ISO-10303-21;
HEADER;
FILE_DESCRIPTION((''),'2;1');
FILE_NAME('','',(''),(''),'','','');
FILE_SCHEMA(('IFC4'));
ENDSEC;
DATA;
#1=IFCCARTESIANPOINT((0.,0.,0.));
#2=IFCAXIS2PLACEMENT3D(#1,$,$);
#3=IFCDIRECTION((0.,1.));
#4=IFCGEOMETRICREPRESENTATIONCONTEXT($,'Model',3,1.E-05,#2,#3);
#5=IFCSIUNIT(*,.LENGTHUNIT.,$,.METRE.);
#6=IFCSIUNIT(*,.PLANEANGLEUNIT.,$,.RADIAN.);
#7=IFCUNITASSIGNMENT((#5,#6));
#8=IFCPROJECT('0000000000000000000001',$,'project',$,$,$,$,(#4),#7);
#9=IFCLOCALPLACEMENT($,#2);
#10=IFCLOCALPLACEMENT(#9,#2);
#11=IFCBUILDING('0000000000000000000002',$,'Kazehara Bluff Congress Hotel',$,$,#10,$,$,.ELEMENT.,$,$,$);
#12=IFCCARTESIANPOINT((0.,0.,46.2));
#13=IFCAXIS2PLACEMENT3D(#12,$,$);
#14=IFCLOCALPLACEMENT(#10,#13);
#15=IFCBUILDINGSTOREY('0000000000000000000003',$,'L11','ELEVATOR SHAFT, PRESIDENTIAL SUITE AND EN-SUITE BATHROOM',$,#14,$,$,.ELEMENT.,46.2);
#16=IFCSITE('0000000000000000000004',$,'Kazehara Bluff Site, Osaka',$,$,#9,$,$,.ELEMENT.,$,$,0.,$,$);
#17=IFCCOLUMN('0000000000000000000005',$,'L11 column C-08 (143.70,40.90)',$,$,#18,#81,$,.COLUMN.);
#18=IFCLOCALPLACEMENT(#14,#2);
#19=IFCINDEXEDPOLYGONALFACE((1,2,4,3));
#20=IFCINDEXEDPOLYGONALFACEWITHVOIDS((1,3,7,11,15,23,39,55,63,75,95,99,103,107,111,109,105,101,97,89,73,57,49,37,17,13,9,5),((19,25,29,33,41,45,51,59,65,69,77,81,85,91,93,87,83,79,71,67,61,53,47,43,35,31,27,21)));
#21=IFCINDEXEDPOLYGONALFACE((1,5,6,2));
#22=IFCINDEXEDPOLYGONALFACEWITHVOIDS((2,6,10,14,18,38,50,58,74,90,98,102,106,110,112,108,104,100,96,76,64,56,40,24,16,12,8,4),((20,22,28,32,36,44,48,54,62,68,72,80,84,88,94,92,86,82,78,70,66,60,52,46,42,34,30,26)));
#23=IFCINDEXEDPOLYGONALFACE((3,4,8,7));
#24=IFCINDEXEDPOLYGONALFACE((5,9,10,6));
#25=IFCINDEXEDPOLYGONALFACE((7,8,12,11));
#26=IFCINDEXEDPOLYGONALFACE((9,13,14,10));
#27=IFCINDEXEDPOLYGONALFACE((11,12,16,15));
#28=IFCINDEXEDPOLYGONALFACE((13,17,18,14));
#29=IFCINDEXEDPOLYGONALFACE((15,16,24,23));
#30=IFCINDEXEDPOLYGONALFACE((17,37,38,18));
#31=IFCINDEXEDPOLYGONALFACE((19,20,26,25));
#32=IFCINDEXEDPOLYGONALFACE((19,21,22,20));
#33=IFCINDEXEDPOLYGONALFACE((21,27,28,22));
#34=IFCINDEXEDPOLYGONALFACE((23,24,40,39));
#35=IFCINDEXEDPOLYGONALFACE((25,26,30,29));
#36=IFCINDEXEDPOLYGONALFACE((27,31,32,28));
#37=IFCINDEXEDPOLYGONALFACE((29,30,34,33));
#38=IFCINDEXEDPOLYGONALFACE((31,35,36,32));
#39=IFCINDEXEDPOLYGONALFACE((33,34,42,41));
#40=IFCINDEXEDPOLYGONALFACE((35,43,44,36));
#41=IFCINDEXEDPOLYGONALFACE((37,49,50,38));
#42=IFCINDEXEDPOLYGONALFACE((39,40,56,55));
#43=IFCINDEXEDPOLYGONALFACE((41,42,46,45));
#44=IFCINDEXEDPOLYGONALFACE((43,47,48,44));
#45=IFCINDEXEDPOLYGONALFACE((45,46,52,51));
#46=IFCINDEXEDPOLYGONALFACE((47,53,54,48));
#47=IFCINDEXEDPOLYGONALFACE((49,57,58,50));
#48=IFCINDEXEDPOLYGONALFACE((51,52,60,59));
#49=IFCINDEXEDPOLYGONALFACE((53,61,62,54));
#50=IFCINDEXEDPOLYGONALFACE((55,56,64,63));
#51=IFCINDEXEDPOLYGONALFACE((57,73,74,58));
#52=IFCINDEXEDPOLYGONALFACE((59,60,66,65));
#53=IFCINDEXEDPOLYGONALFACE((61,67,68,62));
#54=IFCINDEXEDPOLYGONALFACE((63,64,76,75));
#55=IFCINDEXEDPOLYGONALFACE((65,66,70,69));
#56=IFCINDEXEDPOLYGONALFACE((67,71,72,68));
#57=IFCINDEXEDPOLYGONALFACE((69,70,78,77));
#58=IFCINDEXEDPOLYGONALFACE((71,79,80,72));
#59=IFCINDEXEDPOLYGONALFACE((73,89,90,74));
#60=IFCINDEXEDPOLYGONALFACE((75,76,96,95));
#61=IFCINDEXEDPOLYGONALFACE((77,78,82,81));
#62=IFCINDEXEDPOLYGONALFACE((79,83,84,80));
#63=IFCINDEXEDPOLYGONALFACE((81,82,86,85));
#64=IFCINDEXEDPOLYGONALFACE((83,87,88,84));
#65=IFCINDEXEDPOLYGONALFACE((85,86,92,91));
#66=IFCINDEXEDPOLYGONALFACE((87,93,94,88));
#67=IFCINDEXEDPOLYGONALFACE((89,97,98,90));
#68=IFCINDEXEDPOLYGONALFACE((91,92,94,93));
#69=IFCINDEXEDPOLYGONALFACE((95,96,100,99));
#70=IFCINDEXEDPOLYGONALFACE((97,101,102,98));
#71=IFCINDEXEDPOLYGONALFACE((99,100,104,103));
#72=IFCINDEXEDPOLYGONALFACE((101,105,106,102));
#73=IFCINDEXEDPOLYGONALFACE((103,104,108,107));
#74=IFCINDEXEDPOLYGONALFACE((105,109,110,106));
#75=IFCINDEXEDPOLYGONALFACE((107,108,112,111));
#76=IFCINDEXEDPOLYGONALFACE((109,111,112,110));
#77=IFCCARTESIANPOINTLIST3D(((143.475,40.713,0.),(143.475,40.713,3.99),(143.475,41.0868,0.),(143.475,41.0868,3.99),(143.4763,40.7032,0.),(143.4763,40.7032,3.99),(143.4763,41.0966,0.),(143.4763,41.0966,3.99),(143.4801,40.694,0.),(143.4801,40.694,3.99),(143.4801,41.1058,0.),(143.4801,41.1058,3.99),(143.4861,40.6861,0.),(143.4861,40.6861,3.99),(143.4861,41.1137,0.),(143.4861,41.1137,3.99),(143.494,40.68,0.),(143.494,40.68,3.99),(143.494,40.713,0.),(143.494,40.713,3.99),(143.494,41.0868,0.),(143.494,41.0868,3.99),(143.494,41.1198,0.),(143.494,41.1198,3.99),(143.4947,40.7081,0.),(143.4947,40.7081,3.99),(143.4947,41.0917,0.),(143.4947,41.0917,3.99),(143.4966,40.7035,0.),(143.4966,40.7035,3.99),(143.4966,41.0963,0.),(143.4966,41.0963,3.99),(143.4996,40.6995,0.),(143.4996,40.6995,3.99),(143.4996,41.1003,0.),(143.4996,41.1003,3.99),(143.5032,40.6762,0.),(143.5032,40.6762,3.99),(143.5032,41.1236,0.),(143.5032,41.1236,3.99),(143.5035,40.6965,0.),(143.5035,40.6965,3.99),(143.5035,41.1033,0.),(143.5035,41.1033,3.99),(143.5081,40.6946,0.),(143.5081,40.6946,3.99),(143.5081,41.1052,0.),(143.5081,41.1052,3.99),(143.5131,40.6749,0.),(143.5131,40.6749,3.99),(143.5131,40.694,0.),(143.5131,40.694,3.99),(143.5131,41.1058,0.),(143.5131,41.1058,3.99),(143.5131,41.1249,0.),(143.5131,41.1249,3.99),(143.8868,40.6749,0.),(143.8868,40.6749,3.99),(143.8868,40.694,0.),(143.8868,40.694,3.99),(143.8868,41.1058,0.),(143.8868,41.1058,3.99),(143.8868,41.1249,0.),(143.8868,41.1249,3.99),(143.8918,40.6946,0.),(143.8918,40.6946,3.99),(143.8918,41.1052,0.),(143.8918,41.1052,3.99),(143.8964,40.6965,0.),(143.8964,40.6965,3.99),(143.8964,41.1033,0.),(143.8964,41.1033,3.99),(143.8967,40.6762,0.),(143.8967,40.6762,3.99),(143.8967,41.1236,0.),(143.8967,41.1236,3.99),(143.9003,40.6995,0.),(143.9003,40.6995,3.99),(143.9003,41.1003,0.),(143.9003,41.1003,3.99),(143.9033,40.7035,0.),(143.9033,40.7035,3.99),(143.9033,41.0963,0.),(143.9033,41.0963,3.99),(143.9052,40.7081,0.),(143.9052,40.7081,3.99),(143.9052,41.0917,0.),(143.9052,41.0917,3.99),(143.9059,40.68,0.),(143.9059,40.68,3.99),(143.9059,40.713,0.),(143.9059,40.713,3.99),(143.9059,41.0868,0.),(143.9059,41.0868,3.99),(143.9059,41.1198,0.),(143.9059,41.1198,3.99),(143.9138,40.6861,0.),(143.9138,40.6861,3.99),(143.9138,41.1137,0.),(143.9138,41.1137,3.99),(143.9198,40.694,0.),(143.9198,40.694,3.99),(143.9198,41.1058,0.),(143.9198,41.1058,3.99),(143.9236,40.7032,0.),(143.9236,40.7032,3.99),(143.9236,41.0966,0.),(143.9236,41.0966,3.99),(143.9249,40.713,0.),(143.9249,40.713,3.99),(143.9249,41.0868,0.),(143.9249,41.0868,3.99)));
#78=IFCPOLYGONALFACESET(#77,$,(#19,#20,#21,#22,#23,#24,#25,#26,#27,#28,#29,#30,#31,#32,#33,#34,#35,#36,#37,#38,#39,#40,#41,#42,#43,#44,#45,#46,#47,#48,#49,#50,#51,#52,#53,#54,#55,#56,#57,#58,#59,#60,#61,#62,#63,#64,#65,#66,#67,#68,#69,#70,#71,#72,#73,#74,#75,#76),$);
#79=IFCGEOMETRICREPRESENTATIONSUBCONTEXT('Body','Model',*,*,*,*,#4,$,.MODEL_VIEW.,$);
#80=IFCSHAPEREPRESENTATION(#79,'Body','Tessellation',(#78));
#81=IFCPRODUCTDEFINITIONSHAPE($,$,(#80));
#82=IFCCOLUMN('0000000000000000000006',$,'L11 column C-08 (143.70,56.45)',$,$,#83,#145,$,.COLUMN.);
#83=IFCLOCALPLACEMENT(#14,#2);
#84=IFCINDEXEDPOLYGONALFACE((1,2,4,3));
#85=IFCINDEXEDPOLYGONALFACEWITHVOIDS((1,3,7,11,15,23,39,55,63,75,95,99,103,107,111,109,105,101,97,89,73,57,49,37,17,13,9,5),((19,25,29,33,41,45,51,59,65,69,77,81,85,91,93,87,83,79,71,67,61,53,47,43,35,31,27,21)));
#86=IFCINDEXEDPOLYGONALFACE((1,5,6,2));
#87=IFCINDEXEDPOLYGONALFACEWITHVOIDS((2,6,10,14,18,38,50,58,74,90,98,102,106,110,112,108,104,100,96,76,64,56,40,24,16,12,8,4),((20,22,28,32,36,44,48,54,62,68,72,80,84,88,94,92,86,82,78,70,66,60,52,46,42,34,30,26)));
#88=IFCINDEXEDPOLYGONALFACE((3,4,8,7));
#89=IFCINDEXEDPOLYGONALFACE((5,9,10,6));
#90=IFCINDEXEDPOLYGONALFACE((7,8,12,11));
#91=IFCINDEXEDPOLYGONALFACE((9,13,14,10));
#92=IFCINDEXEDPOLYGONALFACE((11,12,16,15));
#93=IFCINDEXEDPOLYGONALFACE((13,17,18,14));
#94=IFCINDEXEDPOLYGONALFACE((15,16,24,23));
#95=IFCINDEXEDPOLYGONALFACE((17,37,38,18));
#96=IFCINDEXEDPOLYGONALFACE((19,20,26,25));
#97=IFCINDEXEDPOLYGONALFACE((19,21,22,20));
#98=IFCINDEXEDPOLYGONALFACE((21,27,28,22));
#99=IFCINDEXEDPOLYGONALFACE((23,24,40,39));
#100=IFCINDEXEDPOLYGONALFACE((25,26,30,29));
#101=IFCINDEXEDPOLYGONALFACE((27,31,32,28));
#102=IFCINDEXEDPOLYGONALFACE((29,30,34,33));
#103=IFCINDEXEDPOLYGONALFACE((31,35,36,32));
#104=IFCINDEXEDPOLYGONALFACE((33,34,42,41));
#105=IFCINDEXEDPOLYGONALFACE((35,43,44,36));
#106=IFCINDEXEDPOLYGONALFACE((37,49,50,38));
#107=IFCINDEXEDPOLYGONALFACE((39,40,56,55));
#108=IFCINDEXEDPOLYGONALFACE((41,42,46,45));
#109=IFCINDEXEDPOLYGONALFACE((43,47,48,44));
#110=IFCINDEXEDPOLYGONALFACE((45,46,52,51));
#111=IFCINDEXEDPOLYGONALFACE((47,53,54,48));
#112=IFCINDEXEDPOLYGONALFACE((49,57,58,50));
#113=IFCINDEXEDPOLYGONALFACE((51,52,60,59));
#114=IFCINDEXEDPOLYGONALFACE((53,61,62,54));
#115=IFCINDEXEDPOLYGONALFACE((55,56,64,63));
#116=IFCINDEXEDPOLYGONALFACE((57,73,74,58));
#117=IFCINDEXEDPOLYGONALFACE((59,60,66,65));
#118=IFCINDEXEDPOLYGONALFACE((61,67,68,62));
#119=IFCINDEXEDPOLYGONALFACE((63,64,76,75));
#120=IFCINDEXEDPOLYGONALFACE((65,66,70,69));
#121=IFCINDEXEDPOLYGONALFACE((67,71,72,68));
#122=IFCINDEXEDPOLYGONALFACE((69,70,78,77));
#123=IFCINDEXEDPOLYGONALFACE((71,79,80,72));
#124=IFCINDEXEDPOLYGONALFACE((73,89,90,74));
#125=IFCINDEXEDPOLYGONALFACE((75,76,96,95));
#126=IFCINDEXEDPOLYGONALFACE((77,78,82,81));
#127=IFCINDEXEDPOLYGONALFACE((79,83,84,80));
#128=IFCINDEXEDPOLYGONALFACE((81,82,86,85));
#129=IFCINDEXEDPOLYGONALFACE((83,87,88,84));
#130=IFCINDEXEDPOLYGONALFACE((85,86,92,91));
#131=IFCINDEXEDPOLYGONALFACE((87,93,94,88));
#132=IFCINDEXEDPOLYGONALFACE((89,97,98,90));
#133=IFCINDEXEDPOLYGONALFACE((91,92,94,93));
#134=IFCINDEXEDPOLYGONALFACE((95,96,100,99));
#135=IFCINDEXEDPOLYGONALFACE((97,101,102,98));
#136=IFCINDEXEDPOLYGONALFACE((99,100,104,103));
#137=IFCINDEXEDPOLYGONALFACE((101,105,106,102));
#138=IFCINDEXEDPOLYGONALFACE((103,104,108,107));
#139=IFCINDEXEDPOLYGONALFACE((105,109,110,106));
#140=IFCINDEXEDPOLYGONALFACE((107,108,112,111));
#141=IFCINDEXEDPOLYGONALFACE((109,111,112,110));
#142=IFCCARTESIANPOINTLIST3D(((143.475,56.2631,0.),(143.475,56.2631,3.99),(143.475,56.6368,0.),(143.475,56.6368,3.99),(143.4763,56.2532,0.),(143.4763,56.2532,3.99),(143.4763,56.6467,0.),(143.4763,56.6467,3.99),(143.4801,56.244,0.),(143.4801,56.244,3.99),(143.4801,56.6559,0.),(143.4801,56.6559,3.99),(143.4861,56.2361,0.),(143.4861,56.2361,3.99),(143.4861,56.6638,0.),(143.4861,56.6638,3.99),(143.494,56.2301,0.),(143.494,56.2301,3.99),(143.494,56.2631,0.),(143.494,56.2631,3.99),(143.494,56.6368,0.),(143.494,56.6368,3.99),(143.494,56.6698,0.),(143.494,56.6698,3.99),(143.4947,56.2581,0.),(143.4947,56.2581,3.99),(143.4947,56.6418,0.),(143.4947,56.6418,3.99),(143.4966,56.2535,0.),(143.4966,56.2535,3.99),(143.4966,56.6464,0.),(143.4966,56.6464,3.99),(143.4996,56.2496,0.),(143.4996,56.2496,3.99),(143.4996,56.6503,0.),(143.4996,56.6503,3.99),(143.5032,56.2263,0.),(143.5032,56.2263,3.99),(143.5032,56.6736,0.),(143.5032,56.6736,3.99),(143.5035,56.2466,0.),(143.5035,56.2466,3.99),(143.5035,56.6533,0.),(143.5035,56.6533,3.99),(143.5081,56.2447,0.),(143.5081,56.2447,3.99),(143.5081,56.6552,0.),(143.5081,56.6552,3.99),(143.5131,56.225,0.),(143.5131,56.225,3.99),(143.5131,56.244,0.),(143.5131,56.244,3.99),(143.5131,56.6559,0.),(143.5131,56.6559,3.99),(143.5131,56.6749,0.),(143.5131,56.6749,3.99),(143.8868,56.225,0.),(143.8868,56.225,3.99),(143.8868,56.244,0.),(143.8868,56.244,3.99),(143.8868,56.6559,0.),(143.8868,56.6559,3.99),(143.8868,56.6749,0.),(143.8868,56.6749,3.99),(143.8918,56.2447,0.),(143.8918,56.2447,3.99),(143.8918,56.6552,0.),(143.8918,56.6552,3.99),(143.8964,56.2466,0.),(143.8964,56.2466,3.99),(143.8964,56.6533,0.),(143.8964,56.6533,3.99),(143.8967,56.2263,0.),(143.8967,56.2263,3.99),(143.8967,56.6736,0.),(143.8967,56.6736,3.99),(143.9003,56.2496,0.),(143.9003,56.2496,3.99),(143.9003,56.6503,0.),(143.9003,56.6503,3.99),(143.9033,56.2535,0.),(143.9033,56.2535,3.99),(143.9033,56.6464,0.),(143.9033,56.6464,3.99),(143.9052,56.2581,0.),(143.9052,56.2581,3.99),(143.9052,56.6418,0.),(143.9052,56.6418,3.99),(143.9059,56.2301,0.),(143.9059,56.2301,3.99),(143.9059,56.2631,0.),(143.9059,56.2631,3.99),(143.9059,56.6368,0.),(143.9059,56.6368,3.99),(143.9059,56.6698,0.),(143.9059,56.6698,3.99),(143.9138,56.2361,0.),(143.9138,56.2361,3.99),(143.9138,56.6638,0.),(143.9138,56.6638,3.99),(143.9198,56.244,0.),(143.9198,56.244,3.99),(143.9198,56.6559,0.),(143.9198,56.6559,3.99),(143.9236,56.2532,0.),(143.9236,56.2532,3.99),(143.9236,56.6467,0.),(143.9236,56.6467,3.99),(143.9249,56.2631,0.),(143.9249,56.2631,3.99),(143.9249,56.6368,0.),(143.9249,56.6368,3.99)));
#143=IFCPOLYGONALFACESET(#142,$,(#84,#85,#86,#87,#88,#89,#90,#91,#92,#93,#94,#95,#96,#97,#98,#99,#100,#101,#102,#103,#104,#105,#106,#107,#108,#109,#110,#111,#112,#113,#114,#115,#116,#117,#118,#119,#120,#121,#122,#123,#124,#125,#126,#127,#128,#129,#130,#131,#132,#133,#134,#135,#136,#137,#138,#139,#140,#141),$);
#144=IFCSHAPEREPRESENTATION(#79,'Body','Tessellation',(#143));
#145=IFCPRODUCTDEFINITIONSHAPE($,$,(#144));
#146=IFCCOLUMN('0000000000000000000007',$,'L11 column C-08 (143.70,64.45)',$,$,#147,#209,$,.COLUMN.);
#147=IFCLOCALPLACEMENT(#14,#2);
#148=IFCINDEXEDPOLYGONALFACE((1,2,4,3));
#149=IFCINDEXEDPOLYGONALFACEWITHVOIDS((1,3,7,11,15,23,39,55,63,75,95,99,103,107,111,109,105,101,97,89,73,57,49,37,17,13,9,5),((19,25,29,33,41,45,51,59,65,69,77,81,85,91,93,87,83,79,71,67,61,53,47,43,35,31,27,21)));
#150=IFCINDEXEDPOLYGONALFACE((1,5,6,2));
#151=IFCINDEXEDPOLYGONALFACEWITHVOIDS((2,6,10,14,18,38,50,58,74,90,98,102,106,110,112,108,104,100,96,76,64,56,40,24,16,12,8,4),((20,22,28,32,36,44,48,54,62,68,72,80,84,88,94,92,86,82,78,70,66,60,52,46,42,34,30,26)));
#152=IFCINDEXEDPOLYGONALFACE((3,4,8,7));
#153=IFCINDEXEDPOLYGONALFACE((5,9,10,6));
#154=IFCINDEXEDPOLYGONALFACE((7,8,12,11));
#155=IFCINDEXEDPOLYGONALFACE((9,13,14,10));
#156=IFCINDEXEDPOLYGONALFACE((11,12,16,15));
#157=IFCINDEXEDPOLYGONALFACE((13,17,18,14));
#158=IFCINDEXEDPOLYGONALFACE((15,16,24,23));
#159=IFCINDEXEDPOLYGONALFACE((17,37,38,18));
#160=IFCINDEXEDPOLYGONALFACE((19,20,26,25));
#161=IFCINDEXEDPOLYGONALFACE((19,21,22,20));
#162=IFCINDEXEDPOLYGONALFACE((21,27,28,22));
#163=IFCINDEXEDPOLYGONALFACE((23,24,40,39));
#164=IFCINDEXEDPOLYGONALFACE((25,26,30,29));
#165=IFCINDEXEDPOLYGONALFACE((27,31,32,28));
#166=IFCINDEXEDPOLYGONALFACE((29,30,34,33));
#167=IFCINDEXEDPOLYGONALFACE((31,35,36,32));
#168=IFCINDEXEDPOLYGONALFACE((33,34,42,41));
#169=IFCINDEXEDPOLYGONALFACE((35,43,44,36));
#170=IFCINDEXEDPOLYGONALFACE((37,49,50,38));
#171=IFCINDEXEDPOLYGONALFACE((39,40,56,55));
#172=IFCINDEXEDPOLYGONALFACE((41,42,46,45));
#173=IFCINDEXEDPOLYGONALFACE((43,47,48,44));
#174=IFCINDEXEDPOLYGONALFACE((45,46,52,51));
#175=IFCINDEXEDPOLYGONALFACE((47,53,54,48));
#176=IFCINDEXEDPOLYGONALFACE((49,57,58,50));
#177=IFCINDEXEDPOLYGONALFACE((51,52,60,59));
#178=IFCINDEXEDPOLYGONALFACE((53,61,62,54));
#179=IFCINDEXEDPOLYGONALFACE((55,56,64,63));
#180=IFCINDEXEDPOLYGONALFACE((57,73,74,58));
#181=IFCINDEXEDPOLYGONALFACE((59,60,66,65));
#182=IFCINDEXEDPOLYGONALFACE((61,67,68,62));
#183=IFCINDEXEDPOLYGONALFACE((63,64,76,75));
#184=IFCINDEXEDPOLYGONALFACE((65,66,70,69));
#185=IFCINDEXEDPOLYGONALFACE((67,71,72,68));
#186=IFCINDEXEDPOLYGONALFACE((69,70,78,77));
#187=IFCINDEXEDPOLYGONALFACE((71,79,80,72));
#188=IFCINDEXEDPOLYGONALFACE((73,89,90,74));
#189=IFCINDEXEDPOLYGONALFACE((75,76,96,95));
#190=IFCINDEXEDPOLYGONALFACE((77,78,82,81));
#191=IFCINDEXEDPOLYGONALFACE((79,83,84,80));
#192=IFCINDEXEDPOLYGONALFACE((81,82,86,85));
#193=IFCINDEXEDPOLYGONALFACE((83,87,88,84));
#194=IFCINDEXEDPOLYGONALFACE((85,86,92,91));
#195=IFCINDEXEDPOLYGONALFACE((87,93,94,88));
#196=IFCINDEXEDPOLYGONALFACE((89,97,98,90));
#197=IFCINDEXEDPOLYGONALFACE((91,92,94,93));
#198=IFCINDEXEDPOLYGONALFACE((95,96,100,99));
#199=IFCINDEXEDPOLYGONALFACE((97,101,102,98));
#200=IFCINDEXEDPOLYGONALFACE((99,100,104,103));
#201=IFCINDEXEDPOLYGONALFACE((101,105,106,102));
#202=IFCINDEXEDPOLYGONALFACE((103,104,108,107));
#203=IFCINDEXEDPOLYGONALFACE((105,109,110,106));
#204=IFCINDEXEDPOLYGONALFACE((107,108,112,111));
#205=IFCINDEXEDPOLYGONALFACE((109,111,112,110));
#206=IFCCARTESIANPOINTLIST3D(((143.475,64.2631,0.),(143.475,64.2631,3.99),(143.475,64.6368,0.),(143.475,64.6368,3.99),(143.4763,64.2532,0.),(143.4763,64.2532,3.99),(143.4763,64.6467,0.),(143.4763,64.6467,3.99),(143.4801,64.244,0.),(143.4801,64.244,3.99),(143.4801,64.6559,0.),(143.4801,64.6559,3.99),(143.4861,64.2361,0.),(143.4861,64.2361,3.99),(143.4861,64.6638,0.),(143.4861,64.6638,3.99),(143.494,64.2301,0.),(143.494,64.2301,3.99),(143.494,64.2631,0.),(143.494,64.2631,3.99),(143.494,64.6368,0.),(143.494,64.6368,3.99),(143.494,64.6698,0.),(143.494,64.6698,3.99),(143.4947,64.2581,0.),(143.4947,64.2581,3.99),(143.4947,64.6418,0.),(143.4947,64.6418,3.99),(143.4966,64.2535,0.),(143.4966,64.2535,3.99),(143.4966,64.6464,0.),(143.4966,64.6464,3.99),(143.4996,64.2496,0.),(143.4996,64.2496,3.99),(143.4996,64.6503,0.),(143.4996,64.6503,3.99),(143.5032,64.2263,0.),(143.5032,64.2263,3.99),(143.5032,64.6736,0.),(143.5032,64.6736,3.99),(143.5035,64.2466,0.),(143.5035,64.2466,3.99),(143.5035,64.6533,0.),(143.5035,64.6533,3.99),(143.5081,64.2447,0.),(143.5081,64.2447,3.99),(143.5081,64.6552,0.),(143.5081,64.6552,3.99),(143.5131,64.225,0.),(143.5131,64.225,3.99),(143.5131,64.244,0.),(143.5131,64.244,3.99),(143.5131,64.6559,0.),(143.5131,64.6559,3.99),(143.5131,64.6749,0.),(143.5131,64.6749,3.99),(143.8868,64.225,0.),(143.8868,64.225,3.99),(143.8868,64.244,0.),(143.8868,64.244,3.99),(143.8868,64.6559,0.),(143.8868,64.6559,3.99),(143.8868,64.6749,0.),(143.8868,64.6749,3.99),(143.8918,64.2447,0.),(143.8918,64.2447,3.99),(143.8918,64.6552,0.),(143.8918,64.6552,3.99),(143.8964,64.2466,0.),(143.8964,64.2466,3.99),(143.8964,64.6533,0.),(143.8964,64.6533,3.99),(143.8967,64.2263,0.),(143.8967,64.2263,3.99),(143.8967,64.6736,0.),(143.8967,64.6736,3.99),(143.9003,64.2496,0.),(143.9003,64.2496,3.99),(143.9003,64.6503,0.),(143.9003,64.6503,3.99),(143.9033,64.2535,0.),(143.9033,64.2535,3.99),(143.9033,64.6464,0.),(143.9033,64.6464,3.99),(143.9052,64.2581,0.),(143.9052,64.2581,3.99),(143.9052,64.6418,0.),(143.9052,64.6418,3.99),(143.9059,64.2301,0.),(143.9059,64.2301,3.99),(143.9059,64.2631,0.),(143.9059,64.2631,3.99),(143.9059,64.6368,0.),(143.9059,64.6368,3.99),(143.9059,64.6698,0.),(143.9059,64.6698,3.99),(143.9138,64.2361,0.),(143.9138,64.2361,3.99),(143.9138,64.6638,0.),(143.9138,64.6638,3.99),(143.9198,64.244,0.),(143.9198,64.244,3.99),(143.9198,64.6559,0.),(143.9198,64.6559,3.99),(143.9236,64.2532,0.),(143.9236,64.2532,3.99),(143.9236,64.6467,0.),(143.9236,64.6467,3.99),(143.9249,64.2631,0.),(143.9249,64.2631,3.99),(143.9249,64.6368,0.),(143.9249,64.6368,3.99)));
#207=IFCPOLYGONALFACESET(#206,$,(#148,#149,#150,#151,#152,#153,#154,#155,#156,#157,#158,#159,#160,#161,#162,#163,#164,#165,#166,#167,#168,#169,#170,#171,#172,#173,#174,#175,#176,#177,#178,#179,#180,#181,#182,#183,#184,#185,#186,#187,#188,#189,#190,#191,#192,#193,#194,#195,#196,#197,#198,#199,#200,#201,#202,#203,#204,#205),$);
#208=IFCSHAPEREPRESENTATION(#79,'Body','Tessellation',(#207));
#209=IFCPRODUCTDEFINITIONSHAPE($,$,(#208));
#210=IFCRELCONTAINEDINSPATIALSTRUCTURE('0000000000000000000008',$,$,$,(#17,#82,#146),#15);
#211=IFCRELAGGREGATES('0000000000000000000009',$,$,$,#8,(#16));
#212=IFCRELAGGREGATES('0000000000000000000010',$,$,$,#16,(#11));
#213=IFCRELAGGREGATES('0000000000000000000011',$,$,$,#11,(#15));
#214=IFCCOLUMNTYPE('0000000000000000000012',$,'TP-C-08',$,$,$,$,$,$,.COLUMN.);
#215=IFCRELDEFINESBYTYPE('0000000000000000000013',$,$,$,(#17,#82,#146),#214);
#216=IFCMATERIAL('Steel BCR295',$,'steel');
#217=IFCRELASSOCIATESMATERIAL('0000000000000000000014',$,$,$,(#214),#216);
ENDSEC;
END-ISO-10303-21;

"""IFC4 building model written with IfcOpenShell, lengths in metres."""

from ifc_helpers import new_model, si_unit, direction, frame, origin, origin_2d, place, context, subcontext, project, spatial, hollow_rectangle, extrude, material, material_profile, profile_set, type_object, element, save


model = new_model("IFC4")

# Units and contexts
model_context = context("Model", 3, precision=1e-05, world=origin(), true_north=direction((0.0, 1.0)))
body_context = subcontext(model_context, "Body", "Model", "MODEL_VIEW")
ifc_project = project(units=[si_unit("LENGTHUNIT", "METRE"), si_unit("PLANEANGLEUNIT", "RADIAN")], contexts=[model_context])

# Site, building, storey
site_placement = place(None, origin())
site = spatial("IfcSite", under=ifc_project, at=site_placement, Name="Kazehara Bluff Site, Osaka", CompositionType="ELEMENT", RefElevation=0.0)
building_placement = place(site_placement, origin())
building = spatial("IfcBuilding", under=site, at=building_placement, Name="Kazehara Bluff Congress Hotel", CompositionType="ELEMENT")
storey_placement = place(building_placement, frame((0.0, 0.0, 46.2)))
storey = spatial("IfcBuildingStorey", under=building, at=storey_placement, Name="L11", Description="ELEVATOR SHAFT, PRESIDENTIAL SUITE AND EN-SUITE BATHROOM", CompositionType="ELEMENT", Elevation=46.2)

# Columns
ifc_material_1 = material(Name="Steel BCR295", Category="steel")
ifc_material_profile = material_profile(ifc_material_1, hollow_rectangle(XDim=0.45, YDim=0.45, WallThickness=0.019, InnerFilletRadius=0.019, OuterFilletRadius=0.0381, at=origin_2d()))
ifc_profile_set = profile_set([ifc_material_profile], Name="Steel BCR295")
column_type = type_object("IfcColumnType", Name="TP-C-08", PredefinedType="COLUMN", material=ifc_profile_set)
for number, where, z_axis, x_axis, name in (
    (1, (143.7, 40.8999, 0.0), (0.0, 0.0, 1.0), (1.0, 0.0, 0.0), "L11 column C-08 (143.70,40.90)"),
    (2, (143.7, 56.45, 0.0), (0.0, 0.0, 1.0), (1.0, 0.0, 0.0), "L11 column C-08 (143.70,56.45)"),
    (3, (143.7, 64.45, 0.0), (0.0, 0.0, 1.0), (1.0, 0.0, 0.0), "L11 column C-08 (143.70,64.45)"),
):
    element("IfcColumn", number, at=place(storey_placement, frame(where, z_axis=z_axis, x_axis=x_axis)), inside=storey, type_object=column_type, Name=name, PredefinedType="COLUMN", context=body_context, shape_type="SweptSolid", body=[
        extrude(hollow_rectangle(XDim=0.45, YDim=0.45, WallThickness=0.019, InnerFilletRadius=0.019, OuterFilletRadius=0.0381, at=origin_2d()), origin(), (0.0, 0.0, 1.0), 3.99),
    ])

save(model, "model.ifc")
